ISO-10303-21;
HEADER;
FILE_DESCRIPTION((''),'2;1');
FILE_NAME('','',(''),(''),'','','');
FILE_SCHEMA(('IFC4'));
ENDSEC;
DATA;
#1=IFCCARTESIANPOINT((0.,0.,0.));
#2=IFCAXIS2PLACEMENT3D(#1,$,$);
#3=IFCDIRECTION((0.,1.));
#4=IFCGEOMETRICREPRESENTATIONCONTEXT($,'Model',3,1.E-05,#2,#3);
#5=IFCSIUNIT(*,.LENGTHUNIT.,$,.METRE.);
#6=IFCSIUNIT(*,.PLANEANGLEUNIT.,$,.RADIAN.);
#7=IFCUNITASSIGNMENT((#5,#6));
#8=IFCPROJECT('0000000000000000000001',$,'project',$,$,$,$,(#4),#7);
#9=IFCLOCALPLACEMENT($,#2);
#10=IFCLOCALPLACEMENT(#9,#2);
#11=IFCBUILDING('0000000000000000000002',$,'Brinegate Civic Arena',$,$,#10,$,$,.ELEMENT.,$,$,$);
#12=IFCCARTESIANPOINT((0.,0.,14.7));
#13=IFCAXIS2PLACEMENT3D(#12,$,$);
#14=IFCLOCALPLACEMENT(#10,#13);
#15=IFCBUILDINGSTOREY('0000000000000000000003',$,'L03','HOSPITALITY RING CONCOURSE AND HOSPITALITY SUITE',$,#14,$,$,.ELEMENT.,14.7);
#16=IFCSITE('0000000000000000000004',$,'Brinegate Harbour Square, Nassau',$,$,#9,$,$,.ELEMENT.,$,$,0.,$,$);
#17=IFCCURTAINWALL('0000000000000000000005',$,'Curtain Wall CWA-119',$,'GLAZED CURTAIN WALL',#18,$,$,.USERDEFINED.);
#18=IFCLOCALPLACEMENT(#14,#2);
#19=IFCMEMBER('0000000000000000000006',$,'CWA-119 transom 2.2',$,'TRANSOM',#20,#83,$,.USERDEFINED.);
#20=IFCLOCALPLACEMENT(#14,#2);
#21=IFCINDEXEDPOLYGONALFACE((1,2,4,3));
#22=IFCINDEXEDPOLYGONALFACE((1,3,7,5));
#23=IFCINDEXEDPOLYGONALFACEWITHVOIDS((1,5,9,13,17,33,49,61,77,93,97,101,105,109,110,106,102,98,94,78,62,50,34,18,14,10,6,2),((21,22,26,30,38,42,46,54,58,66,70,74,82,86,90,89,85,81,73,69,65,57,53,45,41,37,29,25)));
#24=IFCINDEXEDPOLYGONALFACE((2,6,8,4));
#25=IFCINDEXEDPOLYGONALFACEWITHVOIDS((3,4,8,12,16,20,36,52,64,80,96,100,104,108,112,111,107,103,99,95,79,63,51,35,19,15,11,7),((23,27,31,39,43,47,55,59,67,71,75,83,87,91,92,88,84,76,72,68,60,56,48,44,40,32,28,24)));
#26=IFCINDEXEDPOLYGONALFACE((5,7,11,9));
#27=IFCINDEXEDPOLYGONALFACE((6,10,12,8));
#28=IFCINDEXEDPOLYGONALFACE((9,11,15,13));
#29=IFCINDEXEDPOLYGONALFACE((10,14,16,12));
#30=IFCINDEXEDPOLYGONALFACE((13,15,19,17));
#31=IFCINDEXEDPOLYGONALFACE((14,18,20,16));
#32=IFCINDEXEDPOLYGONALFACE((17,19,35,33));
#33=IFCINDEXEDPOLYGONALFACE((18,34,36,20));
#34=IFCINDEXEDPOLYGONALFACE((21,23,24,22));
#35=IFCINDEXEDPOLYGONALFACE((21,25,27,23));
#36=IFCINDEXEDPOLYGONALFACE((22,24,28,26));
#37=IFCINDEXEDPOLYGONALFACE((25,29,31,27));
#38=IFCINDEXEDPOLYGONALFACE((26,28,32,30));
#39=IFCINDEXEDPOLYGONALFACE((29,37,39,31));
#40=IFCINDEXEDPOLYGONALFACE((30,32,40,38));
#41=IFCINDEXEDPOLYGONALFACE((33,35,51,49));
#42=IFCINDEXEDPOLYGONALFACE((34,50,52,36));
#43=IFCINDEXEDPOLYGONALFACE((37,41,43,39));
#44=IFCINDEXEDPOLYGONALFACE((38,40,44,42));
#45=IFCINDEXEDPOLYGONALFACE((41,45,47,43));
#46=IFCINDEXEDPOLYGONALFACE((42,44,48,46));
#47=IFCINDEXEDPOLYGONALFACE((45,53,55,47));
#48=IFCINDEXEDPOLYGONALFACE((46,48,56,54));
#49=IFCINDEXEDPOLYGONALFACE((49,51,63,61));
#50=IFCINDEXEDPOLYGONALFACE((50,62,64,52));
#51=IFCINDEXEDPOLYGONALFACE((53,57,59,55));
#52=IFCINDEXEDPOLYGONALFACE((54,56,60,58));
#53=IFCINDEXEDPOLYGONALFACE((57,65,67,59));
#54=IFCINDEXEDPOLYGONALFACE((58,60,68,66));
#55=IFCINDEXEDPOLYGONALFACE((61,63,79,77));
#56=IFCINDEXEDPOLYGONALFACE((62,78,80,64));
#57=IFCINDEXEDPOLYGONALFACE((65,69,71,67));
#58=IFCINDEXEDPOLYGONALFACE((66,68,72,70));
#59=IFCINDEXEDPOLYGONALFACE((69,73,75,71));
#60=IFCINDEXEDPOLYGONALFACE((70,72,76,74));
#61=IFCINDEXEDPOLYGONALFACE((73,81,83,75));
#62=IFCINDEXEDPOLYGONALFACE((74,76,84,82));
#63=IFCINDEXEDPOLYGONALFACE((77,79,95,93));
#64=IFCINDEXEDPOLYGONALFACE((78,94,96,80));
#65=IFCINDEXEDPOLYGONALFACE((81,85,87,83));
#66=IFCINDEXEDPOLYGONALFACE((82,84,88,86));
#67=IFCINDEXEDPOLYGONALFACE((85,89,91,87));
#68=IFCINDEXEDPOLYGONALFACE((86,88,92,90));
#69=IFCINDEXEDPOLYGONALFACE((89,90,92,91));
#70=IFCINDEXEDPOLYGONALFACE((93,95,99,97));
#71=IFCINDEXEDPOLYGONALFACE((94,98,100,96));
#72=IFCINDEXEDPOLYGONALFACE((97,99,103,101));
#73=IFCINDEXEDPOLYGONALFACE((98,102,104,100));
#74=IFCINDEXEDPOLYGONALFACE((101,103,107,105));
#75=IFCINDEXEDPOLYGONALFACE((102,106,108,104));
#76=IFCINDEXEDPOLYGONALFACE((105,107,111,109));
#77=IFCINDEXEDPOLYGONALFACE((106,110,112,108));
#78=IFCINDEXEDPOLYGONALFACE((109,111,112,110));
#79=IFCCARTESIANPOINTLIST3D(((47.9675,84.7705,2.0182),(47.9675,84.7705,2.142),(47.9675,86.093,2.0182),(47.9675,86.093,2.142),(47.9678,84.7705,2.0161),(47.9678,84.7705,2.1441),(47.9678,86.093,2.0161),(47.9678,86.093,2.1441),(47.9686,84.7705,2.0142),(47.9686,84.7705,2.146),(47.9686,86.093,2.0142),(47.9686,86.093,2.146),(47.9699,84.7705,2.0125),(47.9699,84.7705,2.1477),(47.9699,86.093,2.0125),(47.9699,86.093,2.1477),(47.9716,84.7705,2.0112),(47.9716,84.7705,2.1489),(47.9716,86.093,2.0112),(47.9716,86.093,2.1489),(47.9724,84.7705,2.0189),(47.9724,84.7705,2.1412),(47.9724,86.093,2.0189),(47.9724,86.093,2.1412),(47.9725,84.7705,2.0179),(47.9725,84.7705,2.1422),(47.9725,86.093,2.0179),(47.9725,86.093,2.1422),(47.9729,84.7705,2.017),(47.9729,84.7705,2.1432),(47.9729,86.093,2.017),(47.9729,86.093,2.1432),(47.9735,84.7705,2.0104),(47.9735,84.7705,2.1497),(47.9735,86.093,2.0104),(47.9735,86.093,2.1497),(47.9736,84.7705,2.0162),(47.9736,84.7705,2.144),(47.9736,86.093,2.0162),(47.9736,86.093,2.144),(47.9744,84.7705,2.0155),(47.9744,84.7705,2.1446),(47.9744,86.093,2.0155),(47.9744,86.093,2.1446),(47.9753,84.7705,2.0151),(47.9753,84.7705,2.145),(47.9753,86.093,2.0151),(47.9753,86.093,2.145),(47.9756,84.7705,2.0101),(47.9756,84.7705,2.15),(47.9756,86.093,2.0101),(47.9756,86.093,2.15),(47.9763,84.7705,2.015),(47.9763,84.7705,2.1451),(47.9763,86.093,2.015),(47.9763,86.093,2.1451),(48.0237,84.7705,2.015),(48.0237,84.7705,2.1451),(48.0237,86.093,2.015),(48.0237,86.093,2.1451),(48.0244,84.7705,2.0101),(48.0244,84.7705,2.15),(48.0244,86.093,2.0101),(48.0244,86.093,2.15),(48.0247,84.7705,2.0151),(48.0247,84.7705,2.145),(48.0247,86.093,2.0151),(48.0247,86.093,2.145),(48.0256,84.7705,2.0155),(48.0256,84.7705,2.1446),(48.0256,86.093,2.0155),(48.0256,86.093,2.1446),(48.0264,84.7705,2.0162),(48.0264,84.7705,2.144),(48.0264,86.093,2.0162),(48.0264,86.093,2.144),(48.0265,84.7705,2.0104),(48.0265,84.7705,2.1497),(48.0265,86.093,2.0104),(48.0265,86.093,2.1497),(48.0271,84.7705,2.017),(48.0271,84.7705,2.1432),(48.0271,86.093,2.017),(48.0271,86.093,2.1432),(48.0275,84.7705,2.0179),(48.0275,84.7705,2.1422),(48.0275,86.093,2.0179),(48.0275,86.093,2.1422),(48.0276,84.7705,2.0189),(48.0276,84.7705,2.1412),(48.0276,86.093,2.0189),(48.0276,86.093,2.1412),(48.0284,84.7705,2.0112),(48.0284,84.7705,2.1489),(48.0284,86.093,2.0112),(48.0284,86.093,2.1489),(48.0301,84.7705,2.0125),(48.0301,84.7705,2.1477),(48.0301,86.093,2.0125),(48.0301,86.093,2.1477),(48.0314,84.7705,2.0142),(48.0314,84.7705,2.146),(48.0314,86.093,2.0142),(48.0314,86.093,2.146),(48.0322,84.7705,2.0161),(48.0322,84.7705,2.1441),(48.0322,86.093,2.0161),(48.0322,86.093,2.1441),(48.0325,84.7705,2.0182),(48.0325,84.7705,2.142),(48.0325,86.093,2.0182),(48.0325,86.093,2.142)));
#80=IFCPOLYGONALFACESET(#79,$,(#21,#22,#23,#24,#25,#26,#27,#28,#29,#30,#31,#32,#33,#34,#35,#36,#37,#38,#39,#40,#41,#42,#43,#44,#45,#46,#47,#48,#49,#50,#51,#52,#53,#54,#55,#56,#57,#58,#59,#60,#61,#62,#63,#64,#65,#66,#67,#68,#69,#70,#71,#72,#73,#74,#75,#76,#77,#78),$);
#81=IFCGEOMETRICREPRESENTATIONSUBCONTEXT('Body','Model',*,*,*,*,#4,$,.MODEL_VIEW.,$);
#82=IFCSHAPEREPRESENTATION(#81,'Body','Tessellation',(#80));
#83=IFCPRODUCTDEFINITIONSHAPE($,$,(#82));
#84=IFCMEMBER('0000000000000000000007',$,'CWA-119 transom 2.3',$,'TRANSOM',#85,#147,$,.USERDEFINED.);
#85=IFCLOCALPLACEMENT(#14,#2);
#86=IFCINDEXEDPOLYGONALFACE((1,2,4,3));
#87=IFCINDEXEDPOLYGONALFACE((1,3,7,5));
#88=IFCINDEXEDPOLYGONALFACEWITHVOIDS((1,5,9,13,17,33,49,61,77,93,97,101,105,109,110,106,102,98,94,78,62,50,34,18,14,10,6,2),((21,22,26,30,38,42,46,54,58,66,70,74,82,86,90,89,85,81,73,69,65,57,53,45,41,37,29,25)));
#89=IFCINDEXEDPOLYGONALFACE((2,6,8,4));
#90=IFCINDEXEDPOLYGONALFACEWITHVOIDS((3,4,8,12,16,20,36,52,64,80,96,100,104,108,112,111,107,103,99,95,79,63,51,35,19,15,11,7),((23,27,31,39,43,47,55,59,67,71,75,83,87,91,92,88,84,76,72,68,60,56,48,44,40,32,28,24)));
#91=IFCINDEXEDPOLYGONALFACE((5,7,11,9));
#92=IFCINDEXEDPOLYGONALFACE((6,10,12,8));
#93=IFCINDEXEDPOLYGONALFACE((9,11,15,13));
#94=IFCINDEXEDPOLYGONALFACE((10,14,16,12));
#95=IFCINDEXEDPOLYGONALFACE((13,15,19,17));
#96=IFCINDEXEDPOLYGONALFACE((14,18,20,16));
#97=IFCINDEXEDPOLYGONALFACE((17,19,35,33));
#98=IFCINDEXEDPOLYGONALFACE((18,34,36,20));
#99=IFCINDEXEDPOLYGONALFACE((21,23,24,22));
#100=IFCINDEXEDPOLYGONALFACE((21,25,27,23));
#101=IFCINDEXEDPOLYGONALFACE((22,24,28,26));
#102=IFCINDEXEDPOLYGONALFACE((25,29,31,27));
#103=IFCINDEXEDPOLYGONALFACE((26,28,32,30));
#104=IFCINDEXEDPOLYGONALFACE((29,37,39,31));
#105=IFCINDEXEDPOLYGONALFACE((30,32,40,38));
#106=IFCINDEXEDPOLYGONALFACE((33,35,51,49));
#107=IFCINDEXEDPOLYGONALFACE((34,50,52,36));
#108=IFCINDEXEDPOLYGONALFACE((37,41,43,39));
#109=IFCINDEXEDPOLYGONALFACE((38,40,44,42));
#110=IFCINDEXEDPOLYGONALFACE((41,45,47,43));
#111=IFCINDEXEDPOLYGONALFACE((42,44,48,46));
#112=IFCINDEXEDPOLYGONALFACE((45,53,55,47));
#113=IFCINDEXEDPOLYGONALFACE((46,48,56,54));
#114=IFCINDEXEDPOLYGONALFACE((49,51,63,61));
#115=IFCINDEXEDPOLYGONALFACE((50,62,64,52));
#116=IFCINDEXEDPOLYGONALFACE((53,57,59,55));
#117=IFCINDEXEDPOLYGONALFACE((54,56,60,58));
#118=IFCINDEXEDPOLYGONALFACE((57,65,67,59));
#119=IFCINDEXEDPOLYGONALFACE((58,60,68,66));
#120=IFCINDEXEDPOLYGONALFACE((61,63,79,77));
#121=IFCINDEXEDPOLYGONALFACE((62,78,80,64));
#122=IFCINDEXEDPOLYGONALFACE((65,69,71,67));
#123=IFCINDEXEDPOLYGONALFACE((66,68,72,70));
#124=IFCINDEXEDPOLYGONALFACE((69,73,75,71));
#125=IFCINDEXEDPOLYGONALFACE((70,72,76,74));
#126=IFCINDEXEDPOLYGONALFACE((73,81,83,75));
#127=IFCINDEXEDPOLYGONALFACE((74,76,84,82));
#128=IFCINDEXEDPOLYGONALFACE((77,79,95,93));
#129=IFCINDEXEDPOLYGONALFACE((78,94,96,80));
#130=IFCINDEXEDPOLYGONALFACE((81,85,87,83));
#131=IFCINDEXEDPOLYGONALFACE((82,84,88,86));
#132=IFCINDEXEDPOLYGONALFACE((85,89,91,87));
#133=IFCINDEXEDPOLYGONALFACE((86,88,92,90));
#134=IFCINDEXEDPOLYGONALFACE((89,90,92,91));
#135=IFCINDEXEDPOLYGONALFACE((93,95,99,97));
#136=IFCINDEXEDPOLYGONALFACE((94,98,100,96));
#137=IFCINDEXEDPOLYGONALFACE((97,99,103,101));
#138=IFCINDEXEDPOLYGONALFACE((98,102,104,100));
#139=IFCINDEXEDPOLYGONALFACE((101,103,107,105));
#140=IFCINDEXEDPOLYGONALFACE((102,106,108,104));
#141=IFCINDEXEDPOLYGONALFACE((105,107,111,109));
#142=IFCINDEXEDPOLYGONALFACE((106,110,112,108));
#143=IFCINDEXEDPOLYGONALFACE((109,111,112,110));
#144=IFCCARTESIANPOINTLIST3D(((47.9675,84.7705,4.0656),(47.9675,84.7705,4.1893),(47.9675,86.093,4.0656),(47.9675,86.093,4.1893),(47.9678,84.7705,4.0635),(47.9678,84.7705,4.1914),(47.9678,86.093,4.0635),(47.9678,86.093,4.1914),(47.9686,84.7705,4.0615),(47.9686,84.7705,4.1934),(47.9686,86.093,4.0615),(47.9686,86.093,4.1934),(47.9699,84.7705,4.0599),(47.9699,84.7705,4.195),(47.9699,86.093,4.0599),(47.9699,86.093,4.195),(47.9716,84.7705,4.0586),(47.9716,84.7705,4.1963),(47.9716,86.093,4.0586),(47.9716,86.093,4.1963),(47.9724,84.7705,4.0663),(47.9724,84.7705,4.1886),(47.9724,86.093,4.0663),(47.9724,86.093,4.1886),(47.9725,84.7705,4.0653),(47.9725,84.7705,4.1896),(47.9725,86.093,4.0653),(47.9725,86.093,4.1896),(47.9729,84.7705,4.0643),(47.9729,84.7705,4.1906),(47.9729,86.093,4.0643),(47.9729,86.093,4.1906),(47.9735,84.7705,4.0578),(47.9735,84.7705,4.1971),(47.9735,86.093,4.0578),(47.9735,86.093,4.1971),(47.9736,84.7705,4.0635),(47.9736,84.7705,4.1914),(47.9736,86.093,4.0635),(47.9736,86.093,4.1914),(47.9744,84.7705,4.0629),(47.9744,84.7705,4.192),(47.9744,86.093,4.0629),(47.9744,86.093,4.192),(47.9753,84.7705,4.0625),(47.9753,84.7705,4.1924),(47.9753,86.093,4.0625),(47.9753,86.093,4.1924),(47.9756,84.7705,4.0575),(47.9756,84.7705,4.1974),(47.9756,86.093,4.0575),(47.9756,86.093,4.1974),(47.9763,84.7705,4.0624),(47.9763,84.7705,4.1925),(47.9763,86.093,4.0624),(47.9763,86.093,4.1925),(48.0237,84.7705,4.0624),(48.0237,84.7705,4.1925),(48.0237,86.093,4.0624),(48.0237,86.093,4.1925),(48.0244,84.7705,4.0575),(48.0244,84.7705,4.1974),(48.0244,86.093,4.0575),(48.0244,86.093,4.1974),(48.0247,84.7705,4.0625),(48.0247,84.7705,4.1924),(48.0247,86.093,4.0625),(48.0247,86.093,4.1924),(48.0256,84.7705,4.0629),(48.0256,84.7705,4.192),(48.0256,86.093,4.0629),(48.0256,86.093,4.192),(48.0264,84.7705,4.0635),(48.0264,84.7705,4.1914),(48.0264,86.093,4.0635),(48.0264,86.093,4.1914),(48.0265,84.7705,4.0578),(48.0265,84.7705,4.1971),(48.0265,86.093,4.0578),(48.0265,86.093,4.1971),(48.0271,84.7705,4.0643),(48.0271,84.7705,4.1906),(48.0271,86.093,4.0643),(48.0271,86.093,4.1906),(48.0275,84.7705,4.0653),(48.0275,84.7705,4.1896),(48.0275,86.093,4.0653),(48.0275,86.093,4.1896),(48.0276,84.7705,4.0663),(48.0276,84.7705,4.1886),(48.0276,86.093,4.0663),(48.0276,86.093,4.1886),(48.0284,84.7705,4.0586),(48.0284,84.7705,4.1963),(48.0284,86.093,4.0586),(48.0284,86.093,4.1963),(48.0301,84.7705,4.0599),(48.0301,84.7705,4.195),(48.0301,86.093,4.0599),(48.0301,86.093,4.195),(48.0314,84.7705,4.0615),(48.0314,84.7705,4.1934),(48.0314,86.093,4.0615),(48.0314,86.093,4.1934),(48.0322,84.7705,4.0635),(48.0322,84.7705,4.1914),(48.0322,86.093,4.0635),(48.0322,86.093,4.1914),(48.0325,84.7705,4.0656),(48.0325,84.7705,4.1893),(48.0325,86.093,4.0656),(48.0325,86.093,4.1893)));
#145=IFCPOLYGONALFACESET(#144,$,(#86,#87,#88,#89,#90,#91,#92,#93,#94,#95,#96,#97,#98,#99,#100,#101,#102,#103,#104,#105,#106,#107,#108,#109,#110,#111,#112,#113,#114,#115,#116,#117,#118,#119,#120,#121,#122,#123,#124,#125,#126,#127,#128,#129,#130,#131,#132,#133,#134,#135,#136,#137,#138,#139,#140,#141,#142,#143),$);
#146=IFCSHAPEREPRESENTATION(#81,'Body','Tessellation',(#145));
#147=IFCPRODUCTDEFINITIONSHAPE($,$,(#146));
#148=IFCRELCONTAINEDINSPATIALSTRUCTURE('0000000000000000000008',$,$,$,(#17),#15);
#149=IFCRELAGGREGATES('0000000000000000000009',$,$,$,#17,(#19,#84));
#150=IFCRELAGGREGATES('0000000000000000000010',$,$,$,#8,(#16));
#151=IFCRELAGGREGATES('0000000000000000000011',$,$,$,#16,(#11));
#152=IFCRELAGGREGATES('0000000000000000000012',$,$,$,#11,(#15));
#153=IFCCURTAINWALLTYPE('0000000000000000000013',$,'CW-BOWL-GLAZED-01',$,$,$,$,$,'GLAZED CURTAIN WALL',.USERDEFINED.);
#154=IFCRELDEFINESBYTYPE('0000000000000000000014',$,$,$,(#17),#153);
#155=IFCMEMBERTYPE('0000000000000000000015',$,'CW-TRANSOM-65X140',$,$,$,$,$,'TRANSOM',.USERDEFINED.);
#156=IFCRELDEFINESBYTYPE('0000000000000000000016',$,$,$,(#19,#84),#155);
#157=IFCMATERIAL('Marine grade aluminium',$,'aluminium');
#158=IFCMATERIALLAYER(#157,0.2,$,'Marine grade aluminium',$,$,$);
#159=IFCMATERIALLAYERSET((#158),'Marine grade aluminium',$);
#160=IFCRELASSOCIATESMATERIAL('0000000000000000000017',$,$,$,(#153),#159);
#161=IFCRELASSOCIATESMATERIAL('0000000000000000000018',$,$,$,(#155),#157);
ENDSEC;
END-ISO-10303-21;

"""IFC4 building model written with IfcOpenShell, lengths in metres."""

from ifc_helpers import new_model, si_unit, direction, frame, origin, origin_2d, place, context, subcontext, project, spatial, hollow_rectangle, extrude, material, layer, layer_set, material_profile, profile_set, type_object, element, aggregate, save


model = new_model("IFC4")

# Units and contexts
model_context = context("Model", 3, precision=1e-05, world=origin(), true_north=direction((0.0, 1.0)))
body_context = subcontext(model_context, "Body", "Model", "MODEL_VIEW")
ifc_project = project(units=[si_unit("LENGTHUNIT", "METRE"), si_unit("PLANEANGLEUNIT", "RADIAN")], contexts=[model_context])

# Site, building, storey
site_placement = place(None, origin())
site = spatial("IfcSite", under=ifc_project, at=site_placement, Name="Brinegate Harbour Square, Nassau", CompositionType="ELEMENT", RefElevation=0.0)
building_placement = place(site_placement, origin())
building = spatial("IfcBuilding", under=site, at=building_placement, Name="Brinegate Civic Arena", CompositionType="ELEMENT")
storey_placement = place(building_placement, frame((0.0, 0.0, 14.7)))
storey = spatial("IfcBuildingStorey", under=building, at=storey_placement, Name="L03", Description="HOSPITALITY RING CONCOURSE AND HOSPITALITY SUITE", CompositionType="ELEMENT", Elevation=14.7)

# Curtain wall, members
ifc_material_1 = material(Name="Marine grade aluminium", Category="aluminium")
ifc_layer_1 = layer(ifc_material_1, 0.2, Name="Marine grade aluminium")
ifc_layer_set_1 = layer_set([ifc_layer_1], Name="Marine grade aluminium")
curtain_wall_type = type_object("IfcCurtainWallType", Name="CW-BOWL-GLAZED-01", ElementType="GLAZED CURTAIN WALL", PredefinedType="USERDEFINED", material=ifc_layer_set_1)
curtain_wall_1_placement = place(storey_placement, origin())
curtain_wall_1 = element("IfcCurtainWall", 1, at=curtain_wall_1_placement, inside=storey, type_object=curtain_wall_type, Name="Curtain Wall CWA-119", ObjectType="GLAZED CURTAIN WALL", PredefinedType="USERDEFINED")
ifc_material_profile_1 = material_profile(ifc_material_1, hollow_rectangle(XDim=0.0649, YDim=0.1399, WallThickness=0.0049, InnerFilletRadius=0.0039, OuterFilletRadius=0.0081, at=origin_2d()), Name="TRN65X140")
ifc_profile_set_1 = profile_set([ifc_material_profile_1], Name="Marine grade aluminium")
member_type_1 = type_object("IfcMemberType", Name="CW-TRANSOM-65X140", ElementType="TRANSOM", PredefinedType="USERDEFINED", material=ifc_profile_set_1)
member_1_placement = place(storey_placement, frame((48.0, 84.7705, 2.0801), z_axis=(0.0, 1.0, 0.0), x_axis=(-1.0, 0.0, 0.0)))
member_1 = element("IfcMember", 2, at=member_1_placement, type_object=member_type_1, Name="CWA-119 transom 2.2", ObjectType="TRANSOM", PredefinedType="USERDEFINED", context=body_context, shape_type="SweptSolid", body=[
    extrude(hollow_rectangle(XDim=0.0649, YDim=0.1399, WallThickness=0.0049, InnerFilletRadius=0.0039, OuterFilletRadius=0.0081, at=origin_2d()), origin(), (0.0, 0.0, 1.0), 1.3225),
])
member_2_placement = place(storey_placement, frame((48.0, 84.7705, 4.1274), z_axis=(0.0, 1.0, 0.0), x_axis=(-1.0, 0.0, 0.0)))
member_2 = element("IfcMember", 3, at=member_2_placement, type_object=member_type_1, Name="CWA-119 transom 2.3", ObjectType="TRANSOM", PredefinedType="USERDEFINED", context=body_context, shape_type="SweptSolid", body=[
    extrude(hollow_rectangle(XDim=0.0649, YDim=0.1399, WallThickness=0.0049, InnerFilletRadius=0.0039, OuterFilletRadius=0.0081, at=origin_2d()), origin(), (0.0, 0.0, 1.0), 1.3225),
])

aggregate(curtain_wall_1, [member_1, member_2])

save(model, "model.ifc")
